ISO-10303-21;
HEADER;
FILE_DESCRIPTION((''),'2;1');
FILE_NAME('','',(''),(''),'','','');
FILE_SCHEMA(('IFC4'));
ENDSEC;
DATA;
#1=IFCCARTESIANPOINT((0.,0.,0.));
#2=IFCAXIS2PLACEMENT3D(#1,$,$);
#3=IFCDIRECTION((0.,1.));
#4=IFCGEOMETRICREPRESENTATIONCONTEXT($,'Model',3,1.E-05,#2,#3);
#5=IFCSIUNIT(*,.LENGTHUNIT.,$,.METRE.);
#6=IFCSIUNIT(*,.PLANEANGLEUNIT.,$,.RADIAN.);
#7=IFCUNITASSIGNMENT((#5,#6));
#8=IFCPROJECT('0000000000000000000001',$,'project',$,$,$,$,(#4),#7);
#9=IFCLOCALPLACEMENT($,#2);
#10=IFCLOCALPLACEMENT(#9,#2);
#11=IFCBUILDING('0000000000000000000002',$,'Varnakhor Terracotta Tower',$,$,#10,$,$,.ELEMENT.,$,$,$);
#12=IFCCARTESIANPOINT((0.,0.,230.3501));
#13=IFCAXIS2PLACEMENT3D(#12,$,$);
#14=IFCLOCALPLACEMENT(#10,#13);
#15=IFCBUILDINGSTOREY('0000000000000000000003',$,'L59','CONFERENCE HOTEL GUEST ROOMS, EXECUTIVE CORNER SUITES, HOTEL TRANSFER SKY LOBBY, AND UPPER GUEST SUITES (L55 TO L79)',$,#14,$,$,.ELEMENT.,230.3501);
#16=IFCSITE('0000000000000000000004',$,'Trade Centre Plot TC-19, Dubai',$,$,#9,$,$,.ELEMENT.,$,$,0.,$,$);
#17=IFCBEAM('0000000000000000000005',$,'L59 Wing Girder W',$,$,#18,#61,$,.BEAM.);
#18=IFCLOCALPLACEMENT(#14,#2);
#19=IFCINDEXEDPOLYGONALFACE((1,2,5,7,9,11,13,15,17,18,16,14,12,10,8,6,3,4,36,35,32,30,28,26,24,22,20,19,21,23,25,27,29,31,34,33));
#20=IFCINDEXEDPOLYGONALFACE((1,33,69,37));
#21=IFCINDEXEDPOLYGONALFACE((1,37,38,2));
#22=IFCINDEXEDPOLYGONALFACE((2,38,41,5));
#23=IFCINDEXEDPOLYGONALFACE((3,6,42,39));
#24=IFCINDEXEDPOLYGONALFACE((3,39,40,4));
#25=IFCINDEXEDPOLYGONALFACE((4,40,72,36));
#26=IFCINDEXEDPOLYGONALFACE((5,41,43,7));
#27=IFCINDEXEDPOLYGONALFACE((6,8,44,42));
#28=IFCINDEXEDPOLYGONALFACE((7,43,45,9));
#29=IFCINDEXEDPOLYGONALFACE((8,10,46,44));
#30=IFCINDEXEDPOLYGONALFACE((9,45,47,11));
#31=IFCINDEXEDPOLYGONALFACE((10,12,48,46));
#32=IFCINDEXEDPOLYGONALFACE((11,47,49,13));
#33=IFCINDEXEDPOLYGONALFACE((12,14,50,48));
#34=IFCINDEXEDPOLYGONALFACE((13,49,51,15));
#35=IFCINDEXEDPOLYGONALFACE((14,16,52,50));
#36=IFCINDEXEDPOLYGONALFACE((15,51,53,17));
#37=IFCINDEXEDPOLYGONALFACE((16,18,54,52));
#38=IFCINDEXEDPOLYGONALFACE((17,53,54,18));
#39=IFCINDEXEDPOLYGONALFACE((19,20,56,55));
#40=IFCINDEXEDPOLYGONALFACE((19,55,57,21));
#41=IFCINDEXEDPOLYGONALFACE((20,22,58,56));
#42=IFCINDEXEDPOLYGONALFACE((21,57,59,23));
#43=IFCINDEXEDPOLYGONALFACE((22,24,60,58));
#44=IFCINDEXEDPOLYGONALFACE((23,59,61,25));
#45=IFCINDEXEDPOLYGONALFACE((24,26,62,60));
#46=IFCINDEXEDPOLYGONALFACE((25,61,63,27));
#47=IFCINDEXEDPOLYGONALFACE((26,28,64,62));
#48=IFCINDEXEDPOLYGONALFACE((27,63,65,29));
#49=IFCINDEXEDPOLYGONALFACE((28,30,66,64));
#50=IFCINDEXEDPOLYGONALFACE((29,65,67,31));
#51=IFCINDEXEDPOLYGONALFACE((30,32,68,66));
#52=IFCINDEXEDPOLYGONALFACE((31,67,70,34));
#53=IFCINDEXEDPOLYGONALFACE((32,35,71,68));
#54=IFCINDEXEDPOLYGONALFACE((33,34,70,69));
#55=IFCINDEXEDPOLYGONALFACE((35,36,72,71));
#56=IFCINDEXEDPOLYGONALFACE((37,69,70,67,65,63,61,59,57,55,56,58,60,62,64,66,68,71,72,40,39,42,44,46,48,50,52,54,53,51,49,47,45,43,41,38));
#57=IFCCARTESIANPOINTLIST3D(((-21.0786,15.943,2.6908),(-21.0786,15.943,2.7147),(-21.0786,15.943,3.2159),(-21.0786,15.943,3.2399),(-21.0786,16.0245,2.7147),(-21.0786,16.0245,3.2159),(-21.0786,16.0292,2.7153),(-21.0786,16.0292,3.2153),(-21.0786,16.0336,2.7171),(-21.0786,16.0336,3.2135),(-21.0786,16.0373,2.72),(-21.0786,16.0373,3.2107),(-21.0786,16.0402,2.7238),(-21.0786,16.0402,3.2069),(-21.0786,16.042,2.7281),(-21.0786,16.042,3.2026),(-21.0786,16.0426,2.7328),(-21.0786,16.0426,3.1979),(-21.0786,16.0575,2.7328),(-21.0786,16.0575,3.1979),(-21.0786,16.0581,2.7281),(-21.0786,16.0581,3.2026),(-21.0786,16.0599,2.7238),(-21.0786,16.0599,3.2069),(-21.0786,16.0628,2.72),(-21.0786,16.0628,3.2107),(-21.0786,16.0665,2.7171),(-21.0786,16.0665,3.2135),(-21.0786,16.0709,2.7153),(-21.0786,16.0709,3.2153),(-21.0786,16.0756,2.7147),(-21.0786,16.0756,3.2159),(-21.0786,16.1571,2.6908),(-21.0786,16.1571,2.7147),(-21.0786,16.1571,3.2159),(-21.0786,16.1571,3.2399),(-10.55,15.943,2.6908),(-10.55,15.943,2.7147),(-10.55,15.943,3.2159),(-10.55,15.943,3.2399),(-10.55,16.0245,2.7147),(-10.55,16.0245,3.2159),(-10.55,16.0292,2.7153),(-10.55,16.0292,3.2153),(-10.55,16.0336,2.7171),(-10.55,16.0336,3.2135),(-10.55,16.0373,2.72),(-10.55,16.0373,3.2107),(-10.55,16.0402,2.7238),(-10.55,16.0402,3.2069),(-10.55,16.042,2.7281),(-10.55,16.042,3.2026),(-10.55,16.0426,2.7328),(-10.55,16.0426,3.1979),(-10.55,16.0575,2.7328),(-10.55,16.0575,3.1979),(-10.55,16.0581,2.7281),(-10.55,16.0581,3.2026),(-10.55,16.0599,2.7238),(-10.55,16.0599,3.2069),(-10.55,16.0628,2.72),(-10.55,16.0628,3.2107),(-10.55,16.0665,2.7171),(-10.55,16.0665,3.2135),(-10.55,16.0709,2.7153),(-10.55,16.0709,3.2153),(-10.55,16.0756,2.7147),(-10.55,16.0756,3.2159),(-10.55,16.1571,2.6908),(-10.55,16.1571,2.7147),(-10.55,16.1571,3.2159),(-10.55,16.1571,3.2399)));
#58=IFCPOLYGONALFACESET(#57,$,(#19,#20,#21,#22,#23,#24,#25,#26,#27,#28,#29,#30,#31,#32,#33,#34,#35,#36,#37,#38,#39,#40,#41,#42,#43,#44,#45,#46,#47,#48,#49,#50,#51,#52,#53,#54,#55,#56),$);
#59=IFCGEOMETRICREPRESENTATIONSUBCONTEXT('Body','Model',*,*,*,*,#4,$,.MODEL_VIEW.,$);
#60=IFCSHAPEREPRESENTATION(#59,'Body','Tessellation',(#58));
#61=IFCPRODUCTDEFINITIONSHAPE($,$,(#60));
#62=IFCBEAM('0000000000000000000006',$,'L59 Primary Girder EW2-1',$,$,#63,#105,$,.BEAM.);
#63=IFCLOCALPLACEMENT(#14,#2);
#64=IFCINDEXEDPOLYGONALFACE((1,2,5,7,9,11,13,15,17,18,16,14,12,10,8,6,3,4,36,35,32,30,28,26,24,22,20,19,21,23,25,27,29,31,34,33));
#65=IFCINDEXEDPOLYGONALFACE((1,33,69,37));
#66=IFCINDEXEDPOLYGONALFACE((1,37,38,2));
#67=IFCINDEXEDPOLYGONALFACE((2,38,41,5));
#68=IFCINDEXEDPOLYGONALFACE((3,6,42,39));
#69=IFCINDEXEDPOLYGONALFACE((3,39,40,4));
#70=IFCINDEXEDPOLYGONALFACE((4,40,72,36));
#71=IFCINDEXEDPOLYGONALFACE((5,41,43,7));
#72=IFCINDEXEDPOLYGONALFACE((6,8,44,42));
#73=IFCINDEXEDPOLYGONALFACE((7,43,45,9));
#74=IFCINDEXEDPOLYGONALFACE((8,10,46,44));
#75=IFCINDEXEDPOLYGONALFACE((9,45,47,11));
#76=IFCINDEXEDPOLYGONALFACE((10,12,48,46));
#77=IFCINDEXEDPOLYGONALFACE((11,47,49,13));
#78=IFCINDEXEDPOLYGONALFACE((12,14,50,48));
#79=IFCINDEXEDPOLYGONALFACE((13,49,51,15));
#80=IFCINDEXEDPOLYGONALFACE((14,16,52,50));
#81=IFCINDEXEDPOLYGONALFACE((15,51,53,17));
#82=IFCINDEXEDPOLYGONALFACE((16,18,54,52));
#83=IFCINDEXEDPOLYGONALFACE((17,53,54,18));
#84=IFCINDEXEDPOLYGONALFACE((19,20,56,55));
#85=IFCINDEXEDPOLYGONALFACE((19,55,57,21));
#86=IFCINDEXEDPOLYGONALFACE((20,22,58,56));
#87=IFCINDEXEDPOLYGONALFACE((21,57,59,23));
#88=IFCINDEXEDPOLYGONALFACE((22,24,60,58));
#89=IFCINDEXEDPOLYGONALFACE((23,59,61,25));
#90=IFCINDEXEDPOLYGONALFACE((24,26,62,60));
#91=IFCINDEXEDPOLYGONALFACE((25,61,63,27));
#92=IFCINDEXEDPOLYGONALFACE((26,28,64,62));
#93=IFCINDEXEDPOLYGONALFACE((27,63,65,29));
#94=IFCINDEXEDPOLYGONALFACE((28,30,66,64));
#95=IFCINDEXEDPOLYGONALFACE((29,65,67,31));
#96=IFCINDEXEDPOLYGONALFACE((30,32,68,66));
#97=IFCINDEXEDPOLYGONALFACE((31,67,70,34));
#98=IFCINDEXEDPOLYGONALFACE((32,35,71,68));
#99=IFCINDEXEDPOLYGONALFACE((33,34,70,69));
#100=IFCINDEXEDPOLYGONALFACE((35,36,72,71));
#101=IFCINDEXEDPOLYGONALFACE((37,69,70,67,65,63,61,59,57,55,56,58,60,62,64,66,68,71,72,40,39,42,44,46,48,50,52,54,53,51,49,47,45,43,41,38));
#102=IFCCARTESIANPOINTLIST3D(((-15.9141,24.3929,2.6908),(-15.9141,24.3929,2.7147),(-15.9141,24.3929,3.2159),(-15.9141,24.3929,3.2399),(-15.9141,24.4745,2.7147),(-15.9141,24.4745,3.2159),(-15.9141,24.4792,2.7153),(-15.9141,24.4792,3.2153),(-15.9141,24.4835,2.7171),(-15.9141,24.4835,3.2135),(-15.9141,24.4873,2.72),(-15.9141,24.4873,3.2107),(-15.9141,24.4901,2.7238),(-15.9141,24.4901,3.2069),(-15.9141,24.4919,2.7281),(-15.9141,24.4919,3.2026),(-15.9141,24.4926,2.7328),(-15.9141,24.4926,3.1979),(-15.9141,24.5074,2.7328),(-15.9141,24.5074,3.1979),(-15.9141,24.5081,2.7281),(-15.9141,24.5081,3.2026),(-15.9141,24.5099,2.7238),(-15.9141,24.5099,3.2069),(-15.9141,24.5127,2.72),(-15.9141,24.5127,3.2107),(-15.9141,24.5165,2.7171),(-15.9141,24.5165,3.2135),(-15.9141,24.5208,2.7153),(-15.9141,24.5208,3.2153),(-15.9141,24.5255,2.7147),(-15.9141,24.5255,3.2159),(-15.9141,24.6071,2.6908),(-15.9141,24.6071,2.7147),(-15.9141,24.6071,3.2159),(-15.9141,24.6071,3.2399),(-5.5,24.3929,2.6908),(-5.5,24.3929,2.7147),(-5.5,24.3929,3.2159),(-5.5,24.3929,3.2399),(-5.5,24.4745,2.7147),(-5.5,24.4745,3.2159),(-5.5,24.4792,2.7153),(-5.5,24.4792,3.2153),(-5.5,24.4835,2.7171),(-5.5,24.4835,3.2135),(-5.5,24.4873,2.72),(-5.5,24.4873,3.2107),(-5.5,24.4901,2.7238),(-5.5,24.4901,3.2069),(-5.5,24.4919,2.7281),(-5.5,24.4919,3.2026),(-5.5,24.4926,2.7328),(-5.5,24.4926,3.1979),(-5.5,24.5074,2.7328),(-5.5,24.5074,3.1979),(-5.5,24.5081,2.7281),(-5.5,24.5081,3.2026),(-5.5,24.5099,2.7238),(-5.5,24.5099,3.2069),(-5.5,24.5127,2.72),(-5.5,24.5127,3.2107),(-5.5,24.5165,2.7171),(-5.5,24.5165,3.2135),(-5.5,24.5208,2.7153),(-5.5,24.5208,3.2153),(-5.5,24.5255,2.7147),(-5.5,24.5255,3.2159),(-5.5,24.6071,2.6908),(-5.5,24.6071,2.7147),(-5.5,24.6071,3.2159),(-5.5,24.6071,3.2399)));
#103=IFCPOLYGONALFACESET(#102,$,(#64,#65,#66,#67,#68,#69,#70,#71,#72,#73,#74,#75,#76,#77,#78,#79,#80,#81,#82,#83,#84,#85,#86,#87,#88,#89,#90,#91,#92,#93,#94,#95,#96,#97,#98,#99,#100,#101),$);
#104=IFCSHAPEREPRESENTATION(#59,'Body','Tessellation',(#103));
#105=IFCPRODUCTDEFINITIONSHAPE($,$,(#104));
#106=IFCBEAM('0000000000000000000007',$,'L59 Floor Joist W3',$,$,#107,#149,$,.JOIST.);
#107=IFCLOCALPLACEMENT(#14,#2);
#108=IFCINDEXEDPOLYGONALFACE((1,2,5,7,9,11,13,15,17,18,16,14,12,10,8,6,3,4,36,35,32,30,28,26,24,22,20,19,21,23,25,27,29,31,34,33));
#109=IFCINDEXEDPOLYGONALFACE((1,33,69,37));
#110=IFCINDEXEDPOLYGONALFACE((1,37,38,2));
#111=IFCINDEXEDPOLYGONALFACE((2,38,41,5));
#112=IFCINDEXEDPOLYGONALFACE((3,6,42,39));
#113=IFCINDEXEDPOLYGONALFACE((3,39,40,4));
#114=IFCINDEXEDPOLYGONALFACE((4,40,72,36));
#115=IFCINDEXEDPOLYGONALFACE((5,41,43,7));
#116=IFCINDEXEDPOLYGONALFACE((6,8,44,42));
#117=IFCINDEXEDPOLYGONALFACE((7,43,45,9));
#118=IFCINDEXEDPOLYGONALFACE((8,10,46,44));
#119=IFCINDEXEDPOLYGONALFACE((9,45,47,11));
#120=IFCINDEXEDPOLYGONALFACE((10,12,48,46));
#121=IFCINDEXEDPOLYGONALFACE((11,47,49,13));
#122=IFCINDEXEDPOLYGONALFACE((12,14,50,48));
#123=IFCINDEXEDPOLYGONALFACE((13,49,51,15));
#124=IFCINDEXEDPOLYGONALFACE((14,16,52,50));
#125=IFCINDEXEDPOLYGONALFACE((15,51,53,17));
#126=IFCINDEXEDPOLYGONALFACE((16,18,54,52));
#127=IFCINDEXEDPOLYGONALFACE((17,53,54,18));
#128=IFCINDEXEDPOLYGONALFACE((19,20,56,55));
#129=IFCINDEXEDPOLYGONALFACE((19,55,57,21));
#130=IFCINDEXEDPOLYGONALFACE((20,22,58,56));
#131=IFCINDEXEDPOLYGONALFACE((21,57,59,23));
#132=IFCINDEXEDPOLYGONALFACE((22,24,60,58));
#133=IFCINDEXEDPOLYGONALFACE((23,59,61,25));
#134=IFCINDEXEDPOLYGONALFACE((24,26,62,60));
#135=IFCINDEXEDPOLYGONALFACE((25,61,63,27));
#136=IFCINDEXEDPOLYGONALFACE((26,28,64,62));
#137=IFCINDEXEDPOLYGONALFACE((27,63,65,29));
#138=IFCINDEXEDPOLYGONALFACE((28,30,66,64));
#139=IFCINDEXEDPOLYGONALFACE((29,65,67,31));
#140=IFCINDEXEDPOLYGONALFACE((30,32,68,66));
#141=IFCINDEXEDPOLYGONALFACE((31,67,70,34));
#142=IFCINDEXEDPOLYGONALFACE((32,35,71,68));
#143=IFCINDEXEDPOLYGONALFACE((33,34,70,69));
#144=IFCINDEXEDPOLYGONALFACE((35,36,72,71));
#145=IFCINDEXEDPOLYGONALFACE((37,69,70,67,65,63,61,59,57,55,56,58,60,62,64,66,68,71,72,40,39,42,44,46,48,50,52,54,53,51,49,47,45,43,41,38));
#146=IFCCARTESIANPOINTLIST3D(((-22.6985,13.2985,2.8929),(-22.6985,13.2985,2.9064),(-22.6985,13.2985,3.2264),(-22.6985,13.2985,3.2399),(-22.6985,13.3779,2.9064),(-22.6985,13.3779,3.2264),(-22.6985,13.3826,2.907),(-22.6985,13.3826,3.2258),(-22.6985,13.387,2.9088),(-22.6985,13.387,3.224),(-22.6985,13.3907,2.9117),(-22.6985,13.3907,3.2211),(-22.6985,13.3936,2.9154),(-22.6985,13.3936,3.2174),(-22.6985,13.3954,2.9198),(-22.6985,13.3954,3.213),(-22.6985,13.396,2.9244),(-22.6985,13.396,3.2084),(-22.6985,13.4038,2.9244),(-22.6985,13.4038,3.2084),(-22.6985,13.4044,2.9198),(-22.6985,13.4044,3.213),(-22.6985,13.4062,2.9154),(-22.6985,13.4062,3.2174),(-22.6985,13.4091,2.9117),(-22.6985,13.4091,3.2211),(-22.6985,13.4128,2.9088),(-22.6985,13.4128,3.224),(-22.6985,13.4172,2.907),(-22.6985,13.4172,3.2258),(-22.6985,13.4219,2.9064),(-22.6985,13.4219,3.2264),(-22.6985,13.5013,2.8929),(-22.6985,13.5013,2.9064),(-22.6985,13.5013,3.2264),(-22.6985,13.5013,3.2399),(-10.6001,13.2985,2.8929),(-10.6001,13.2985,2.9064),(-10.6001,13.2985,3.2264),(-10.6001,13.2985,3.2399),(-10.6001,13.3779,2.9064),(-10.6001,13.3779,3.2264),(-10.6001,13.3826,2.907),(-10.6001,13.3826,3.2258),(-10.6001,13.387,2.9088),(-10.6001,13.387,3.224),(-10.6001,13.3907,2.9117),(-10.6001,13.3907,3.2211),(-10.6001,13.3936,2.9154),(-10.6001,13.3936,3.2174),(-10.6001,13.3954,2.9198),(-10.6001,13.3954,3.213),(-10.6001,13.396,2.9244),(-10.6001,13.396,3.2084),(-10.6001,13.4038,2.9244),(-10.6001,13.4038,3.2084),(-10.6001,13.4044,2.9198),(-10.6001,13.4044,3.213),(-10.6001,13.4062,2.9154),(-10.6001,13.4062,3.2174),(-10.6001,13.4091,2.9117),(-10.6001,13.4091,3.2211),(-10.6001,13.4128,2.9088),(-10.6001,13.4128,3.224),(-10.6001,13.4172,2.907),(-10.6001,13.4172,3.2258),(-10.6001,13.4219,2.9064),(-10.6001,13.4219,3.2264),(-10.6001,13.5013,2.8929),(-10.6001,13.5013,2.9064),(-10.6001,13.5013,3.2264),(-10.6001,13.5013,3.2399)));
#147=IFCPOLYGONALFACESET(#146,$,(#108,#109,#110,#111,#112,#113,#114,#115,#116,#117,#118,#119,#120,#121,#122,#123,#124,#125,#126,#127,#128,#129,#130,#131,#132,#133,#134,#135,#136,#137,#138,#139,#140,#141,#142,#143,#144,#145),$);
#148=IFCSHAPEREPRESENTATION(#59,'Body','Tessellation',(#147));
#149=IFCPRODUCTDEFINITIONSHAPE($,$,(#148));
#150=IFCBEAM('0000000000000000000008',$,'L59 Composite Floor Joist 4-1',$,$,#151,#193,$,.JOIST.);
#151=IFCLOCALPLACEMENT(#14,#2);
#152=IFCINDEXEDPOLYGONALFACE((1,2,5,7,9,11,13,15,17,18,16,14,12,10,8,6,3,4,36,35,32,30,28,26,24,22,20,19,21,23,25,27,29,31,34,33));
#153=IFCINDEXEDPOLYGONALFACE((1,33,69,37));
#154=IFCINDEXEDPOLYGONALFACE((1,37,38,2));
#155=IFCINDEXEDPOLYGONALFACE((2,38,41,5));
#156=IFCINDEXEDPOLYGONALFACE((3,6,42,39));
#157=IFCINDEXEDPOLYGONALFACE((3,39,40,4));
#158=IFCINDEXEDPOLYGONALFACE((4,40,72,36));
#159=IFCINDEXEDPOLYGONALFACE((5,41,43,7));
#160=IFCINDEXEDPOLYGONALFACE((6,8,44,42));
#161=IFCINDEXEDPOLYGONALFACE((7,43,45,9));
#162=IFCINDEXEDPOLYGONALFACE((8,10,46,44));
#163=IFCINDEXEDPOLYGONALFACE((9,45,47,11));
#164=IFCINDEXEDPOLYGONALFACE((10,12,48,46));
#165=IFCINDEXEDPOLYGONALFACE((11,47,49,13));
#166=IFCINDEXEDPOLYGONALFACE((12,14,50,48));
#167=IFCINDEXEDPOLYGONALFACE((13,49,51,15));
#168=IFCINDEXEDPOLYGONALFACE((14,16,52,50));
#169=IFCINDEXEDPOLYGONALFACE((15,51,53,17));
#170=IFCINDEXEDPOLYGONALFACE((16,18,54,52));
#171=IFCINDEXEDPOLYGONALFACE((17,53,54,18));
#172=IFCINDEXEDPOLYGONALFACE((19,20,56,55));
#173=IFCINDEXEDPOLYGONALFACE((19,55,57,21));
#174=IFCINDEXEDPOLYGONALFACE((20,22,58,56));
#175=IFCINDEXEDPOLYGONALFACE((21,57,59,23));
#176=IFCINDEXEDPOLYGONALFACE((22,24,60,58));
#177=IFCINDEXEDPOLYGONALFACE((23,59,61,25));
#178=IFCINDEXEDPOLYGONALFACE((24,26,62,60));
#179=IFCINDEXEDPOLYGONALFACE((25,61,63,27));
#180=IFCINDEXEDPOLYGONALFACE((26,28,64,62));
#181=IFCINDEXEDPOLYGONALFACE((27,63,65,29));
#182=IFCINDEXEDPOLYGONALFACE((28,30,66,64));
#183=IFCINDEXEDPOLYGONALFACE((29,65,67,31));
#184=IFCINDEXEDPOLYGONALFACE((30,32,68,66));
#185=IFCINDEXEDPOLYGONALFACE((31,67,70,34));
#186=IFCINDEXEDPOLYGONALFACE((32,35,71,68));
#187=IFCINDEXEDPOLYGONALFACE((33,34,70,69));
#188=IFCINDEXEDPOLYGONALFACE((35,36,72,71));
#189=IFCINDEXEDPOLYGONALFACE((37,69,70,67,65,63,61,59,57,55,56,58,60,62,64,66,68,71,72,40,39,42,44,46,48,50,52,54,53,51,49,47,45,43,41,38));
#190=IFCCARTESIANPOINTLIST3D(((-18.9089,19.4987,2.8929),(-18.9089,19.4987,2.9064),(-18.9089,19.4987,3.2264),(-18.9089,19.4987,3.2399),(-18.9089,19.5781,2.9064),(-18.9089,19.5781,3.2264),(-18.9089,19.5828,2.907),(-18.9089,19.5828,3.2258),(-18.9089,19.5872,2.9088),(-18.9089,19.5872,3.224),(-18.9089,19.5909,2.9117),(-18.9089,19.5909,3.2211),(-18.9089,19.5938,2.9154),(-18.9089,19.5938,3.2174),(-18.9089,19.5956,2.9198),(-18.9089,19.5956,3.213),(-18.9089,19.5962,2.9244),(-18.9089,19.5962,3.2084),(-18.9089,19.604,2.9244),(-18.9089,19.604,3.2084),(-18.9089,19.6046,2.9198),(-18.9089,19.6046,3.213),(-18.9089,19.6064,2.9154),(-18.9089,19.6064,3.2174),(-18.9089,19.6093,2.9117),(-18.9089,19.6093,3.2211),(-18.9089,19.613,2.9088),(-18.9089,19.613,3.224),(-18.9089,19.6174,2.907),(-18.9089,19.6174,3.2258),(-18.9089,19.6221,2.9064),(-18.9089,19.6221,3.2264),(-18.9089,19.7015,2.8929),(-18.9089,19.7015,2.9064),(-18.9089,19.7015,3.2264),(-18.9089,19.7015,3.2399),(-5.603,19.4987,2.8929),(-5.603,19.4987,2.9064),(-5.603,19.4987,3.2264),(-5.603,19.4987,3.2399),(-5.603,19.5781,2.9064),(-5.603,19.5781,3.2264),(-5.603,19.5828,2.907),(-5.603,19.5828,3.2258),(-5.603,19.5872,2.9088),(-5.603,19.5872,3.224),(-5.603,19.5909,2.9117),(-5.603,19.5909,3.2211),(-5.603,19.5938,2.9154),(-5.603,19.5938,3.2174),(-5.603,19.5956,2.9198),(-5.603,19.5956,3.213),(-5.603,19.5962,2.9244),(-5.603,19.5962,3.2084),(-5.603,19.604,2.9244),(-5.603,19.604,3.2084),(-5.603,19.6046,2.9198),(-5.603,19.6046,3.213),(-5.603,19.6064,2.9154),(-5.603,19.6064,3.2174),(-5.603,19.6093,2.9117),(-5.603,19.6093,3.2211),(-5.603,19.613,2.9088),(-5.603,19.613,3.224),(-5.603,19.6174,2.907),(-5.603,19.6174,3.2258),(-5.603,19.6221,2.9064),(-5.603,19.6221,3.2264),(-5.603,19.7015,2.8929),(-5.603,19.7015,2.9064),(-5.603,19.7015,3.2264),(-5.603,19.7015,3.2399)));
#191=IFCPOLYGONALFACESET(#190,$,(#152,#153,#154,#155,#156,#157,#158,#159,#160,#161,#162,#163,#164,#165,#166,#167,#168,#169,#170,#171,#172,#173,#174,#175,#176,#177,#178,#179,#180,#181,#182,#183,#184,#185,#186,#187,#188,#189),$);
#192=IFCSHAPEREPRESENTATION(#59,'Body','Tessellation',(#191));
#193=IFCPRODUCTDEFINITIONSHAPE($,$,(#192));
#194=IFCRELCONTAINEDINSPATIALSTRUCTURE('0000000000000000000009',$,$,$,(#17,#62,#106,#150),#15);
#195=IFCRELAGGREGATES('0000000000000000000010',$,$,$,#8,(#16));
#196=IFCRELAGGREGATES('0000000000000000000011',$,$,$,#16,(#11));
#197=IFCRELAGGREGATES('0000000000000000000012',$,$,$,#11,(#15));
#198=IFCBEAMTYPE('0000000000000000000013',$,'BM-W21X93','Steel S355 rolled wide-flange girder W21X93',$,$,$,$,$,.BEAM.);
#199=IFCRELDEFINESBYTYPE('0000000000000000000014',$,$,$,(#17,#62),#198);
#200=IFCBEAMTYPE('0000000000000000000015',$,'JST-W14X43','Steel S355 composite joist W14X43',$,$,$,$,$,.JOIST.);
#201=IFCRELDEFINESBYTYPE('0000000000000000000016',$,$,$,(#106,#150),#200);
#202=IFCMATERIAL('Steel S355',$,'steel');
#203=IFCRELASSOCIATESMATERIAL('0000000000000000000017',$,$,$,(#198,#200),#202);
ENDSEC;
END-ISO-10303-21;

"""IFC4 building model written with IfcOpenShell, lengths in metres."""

from ifc_helpers import new_model, si_unit, direction, frame, origin, origin_2d, place, context, subcontext, project, spatial, i_section, extrude, source, transform, mapped, material, material_profile, profile_set, type_object, element, save


model = new_model("IFC4")

# Units and contexts
model_context = context("Model", 3, precision=1e-05, world=origin(), true_north=direction((0.0, 1.0)))
body_context = subcontext(model_context, "Body", "Model", "MODEL_VIEW")
ifc_project = project(units=[si_unit("LENGTHUNIT", "METRE"), si_unit("PLANEANGLEUNIT", "RADIAN")], contexts=[model_context])

# Site, building, storey
site_placement = place(None, origin())
site = spatial("IfcSite", under=ifc_project, at=site_placement, Name="Trade Centre Plot TC-19, Dubai", CompositionType="ELEMENT", RefElevation=0.0)
building_placement = place(site_placement, origin())
building = spatial("IfcBuilding", under=site, at=building_placement, Name="Varnakhor Terracotta Tower", CompositionType="ELEMENT")
storey_placement = place(building_placement, frame((0.0, 0.0, 230.3501)))
storey = spatial("IfcBuildingStorey", under=building, at=storey_placement, Name="L59", Description="CONFERENCE HOTEL GUEST ROOMS, EXECUTIVE CORNER SUITES, HOTEL TRANSFER SKY LOBBY, AND UPPER GUEST SUITES (L55 TO L79)", CompositionType="ELEMENT", Elevation=230.3501)

# Beams
ifc_material_1 = material(Name="Steel S355", Category="steel")
ifc_material_profile_1 = material_profile(ifc_material_1, i_section(OverallWidth=0.2141, OverallDepth=0.5491, WebThickness=0.0149, FlangeThickness=0.0239, FilletRadius=0.0181, at=origin_2d()), Name="W21X93")
ifc_profile_set_1 = profile_set([ifc_material_profile_1], Name="Steel S355")
beam_type_1 = type_object("IfcBeamType", Name="BM-W21X93", Description="Steel S355 rolled wide-flange girder W21X93", PredefinedType="BEAM", material=ifc_profile_set_1)
shared_shape_1 = source(origin(), body_context, "Body", "SweptSolid", [
    extrude(i_section(OverallWidth=0.2141, OverallDepth=0.5491, WebThickness=0.0149, FlangeThickness=0.0239, FilletRadius=0.0181, at=origin_2d()), origin(), (0.0, 0.0, 1.0), 10.5286),
])
beam_1_placement = place(storey_placement, frame((-21.0786, 16.05, 2.9653), z_axis=(1.0, 0.0, 0.0), x_axis=(0.0, 1.0, 0.0)))
element("IfcBeam", 1, at=beam_1_placement, inside=storey, type_object=beam_type_1, Name="L59 Wing Girder W", PredefinedType="BEAM", context=body_context, shape_type="MappedRepresentation", body=[
    mapped(shared_shape_1, transform((0.0, 0.0, 0.0), scale=1.0)),
])
shared_shape_2 = source(origin(), body_context, "Body", "SweptSolid", [
    extrude(i_section(OverallWidth=0.2141, OverallDepth=0.5491, WebThickness=0.0149, FlangeThickness=0.0239, FilletRadius=0.0181, at=origin_2d()), origin(), (0.0, 0.0, 1.0), 10.4141),
])
beam_2_placement = place(storey_placement, frame((-15.9141, 24.5, 2.9653), z_axis=(1.0, 0.0, 0.0), x_axis=(0.0, 1.0, 0.0)))
element("IfcBeam", 2, at=beam_2_placement, inside=storey, type_object=beam_type_1, Name="L59 Primary Girder EW2-1", PredefinedType="BEAM", context=body_context, shape_type="MappedRepresentation", body=[
    mapped(shared_shape_2, transform((0.0, 0.0, 0.0), scale=1.0)),
])
ifc_material_profile_2 = material_profile(ifc_material_1, i_section(OverallWidth=0.2029, OverallDepth=0.3469, WebThickness=0.0078, FlangeThickness=0.0134, FilletRadius=0.0181, at=origin_2d()), Name="W14X43")
ifc_profile_set_2 = profile_set([ifc_material_profile_2], Name="Steel S355")
beam_type_2 = type_object("IfcBeamType", Name="JST-W14X43", Description="Steel S355 composite joist W14X43", PredefinedType="JOIST", material=ifc_profile_set_2)
shared_shape_3 = source(origin(), body_context, "Body", "SweptSolid", [
    extrude(i_section(OverallWidth=0.2029, OverallDepth=0.3469, WebThickness=0.0078, FlangeThickness=0.0134, FilletRadius=0.0181, at=origin_2d()), origin(), (0.0, 0.0, 1.0), 12.0984),
])
beam_3_placement = place(storey_placement, frame((-22.6985, 13.3999, 3.0664), z_axis=(1.0, 0.0, 0.0), x_axis=(0.0, 1.0, 0.0)))
element("IfcBeam", 3, at=beam_3_placement, inside=storey, type_object=beam_type_2, Name="L59 Floor Joist W3", PredefinedType="JOIST", context=body_context, shape_type="MappedRepresentation", body=[
    mapped(shared_shape_3, transform((0.0, 0.0, 0.0), scale=1.0)),
])
shared_shape_4 = source(origin(), body_context, "Body", "SweptSolid", [
    extrude(i_section(OverallWidth=0.2029, OverallDepth=0.3469, WebThickness=0.0078, FlangeThickness=0.0134, FilletRadius=0.0181, at=origin_2d()), origin(), (0.0, 0.0, 1.0), 13.3059),
])
beam_4_placement = place(storey_placement, frame((-18.9089, 19.6001, 3.0664), z_axis=(1.0, 0.0, 0.0), x_axis=(0.0, 1.0, 0.0)))
element("IfcBeam", 4, at=beam_4_placement, inside=storey, type_object=beam_type_2, Name="L59 Composite Floor Joist 4-1", PredefinedType="JOIST", context=body_context, shape_type="MappedRepresentation", body=[
    mapped(shared_shape_4, transform((0.0, 0.0, 0.0), scale=1.0)),
])

save(model, "model.ifc")
